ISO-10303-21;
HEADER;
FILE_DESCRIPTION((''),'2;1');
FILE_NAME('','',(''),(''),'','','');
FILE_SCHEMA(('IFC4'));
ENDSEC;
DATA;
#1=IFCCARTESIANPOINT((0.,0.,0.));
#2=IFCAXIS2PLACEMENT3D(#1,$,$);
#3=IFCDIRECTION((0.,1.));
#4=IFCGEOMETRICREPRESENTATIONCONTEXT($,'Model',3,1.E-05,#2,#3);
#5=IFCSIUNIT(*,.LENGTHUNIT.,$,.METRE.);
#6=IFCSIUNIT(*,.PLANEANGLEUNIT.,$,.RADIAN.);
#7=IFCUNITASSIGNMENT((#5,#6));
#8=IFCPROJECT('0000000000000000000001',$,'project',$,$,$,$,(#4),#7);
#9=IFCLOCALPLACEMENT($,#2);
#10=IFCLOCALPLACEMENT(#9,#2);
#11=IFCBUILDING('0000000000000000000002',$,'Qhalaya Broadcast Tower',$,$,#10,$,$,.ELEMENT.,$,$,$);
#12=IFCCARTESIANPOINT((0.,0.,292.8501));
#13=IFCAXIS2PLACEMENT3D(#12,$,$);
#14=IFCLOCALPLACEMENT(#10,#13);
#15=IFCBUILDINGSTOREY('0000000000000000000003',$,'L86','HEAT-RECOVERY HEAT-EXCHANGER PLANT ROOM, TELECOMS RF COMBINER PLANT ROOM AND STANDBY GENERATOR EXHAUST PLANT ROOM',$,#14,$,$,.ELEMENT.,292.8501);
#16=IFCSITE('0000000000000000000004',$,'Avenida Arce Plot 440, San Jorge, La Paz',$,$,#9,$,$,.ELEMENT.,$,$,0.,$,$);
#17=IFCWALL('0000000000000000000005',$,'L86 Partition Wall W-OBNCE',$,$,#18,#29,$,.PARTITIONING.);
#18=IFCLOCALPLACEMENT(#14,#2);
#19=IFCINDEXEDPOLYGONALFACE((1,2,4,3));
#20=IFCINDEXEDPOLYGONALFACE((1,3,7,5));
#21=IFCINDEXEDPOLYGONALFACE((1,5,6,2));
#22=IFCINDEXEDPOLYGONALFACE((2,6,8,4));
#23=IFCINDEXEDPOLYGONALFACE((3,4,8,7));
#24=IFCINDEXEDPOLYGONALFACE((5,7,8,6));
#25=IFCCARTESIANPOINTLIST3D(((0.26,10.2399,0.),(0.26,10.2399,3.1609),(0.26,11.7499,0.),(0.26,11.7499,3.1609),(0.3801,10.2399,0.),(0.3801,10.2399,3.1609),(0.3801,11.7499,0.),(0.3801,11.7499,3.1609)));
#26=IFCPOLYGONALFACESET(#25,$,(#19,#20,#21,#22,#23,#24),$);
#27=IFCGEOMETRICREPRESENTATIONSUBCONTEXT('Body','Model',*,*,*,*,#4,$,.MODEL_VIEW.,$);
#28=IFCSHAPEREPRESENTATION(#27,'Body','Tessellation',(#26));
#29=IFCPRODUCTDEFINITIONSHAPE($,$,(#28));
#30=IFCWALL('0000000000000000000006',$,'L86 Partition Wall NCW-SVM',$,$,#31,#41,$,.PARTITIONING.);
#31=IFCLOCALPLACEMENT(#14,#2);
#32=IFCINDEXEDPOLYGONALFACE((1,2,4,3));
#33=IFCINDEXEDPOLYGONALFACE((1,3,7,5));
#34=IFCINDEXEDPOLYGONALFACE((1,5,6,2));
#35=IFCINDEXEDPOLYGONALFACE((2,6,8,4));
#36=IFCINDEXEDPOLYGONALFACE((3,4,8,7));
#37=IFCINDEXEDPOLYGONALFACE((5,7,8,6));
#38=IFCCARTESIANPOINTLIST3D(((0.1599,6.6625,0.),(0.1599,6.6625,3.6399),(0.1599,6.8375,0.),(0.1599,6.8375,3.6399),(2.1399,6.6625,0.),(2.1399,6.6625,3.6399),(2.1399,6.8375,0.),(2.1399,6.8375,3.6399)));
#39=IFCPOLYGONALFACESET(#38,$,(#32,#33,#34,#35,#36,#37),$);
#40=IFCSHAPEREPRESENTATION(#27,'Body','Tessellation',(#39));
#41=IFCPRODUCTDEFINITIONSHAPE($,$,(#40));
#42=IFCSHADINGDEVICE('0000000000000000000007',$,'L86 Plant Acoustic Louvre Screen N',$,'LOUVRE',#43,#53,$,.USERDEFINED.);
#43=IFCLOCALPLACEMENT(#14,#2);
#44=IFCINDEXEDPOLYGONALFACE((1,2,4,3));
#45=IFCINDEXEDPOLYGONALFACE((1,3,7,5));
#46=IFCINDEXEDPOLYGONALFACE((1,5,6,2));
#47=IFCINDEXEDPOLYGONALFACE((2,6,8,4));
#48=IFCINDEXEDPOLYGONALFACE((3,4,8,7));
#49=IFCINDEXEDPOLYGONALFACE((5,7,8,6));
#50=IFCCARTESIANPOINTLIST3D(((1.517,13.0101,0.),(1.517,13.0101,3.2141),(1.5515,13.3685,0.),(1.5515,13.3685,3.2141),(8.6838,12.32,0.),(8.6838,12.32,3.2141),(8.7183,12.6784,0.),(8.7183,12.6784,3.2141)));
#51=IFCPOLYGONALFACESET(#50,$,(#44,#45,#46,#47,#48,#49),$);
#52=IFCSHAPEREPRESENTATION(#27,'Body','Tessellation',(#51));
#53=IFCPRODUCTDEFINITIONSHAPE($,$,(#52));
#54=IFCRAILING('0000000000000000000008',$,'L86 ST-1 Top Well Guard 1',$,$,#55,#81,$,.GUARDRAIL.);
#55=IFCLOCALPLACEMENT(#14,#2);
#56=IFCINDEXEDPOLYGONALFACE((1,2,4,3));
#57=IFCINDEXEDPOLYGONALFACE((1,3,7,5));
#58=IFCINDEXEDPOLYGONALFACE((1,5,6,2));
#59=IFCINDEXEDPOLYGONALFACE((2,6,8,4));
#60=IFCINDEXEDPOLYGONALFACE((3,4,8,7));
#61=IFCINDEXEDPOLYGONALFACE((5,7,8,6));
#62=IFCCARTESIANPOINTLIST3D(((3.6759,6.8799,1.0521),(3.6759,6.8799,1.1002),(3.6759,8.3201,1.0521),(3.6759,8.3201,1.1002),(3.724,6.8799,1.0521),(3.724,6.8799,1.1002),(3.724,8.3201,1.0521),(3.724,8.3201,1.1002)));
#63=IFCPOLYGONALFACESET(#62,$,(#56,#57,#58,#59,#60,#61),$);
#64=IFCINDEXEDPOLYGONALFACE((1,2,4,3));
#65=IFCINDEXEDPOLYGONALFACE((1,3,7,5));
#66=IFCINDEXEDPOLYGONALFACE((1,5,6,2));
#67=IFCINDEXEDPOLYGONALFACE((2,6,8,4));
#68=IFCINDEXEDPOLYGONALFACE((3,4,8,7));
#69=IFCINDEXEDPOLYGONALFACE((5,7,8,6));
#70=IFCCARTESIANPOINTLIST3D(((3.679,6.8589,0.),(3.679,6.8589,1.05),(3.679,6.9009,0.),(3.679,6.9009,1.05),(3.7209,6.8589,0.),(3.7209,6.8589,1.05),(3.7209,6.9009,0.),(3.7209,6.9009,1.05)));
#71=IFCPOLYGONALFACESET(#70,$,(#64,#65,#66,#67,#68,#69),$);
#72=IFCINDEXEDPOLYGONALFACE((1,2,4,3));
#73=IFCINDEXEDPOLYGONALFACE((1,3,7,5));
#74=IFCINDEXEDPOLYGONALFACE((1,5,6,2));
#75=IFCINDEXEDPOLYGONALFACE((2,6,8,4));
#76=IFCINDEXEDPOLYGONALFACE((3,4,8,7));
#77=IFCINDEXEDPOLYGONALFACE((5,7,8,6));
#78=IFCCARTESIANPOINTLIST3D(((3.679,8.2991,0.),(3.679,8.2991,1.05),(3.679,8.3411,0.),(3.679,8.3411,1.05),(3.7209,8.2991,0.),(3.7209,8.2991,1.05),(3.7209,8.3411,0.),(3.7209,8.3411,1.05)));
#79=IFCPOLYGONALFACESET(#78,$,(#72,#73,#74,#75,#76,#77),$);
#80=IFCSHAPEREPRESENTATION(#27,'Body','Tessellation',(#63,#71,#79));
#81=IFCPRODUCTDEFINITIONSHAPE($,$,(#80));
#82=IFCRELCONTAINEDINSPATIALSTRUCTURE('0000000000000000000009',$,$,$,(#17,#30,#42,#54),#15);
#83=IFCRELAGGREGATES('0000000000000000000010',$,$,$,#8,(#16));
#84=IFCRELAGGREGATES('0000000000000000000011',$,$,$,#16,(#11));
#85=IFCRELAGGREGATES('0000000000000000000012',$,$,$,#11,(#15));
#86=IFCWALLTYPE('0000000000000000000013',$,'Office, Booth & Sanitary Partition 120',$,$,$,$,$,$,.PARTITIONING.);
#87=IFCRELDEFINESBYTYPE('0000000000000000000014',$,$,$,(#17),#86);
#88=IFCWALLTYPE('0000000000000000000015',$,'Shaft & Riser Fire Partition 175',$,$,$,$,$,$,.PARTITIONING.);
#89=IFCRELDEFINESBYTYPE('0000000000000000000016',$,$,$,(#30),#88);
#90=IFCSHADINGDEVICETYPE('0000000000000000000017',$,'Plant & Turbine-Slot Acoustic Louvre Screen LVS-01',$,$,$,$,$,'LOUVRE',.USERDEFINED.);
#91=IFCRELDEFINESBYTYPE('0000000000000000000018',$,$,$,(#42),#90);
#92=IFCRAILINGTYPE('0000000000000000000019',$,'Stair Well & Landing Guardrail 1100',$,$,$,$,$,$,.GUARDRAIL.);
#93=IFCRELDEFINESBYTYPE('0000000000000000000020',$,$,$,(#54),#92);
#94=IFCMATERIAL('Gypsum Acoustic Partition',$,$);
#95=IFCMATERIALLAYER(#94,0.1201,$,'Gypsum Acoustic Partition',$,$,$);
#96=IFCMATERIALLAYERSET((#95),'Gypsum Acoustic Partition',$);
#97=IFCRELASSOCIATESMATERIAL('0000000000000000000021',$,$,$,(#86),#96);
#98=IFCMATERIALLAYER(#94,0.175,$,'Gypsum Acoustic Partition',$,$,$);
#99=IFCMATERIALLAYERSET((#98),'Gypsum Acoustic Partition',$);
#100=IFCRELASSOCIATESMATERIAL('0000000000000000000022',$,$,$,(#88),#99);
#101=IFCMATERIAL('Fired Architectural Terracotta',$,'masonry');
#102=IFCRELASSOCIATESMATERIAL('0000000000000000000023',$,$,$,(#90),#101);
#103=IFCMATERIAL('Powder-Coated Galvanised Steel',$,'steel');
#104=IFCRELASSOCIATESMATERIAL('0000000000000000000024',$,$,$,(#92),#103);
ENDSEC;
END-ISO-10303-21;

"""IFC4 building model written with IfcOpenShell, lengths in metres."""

from ifc_helpers import new_model, si_unit, direction, frame, frame_2d, origin, origin_2d, place, context, subcontext, project, spatial, rectangle, extrude, material, layer, layer_set, type_object, element, save


model = new_model("IFC4")

# Units and contexts
model_context = context("Model", 3, precision=1e-05, world=origin(), true_north=direction((0.0, 1.0)))
body_context = subcontext(model_context, "Body", "Model", "MODEL_VIEW")
ifc_project = project(units=[si_unit("LENGTHUNIT", "METRE"), si_unit("PLANEANGLEUNIT", "RADIAN")], contexts=[model_context])

# Site, building, storey
site_placement = place(None, origin())
site = spatial("IfcSite", under=ifc_project, at=site_placement, Name="Avenida Arce Plot 440, San Jorge, La Paz", CompositionType="ELEMENT", RefElevation=0.0)
building_placement = place(site_placement, origin())
building = spatial("IfcBuilding", under=site, at=building_placement, Name="Qhalaya Broadcast Tower", CompositionType="ELEMENT")
storey_placement = place(building_placement, frame((0.0, 0.0, 292.8501)))
storey = spatial("IfcBuildingStorey", under=building, at=storey_placement, Name="L86", Description="HEAT-RECOVERY HEAT-EXCHANGER PLANT ROOM, TELECOMS RF COMBINER PLANT ROOM AND STANDBY GENERATOR EXHAUST PLANT ROOM", CompositionType="ELEMENT", Elevation=292.8501)

# Shared definitions
ifc_material_1 = material(Name="Gypsum Acoustic Partition")

# Wall
ifc_layer_1 = layer(ifc_material_1, 0.1201, Name="Gypsum Acoustic Partition")
ifc_layer_set_1 = layer_set([ifc_layer_1], Name="Gypsum Acoustic Partition")
wall_type_1 = type_object("IfcWallType", Name="Office, Booth & Sanitary Partition 120", PredefinedType="PARTITIONING", material=ifc_layer_set_1)
wall_1_placement = place(storey_placement, frame((0.3201, 10.24, 0.0), z_axis=(0.0, 0.0, 1.0), x_axis=(0.0, 1.0, 0.0)))
element("IfcWall", 1, at=wall_1_placement, inside=storey, type_object=wall_type_1, Name="L86 Partition Wall W-OBNCE", PredefinedType="PARTITIONING", context=body_context, shape_type="SweptSolid", body=[
    extrude(rectangle(XDim=1.51, YDim=0.1201, at=frame_2d((0.7549, 0.0))), origin(), (0.0, 0.0, 1.0), 3.1609),
])

# Shared definitions
ifc_layer_2 = layer(ifc_material_1, 0.175, Name="Gypsum Acoustic Partition")
ifc_layer_set_2 = layer_set([ifc_layer_2], Name="Gypsum Acoustic Partition")
wall_type_2 = type_object("IfcWallType", Name="Shaft & Riser Fire Partition 175", PredefinedType="PARTITIONING", material=ifc_layer_set_2)

# Wall
wall_2_placement = place(storey_placement, frame((0.1599, 6.75, 0.0), z_axis=(0.0, 0.0, 1.0), x_axis=(1.0, 0.0, 0.0)))
element("IfcWall", 2, at=wall_2_placement, inside=storey, type_object=wall_type_2, Name="L86 Partition Wall NCW-SVM", PredefinedType="PARTITIONING", context=body_context, shape_type="SweptSolid", body=[
    extrude(rectangle(XDim=1.98, YDim=0.175, at=frame_2d((0.99, 0.0))), origin(), (0.0, 0.0, 1.0), 3.6399),
])

# Shading device
ifc_material_2 = material(Name="Fired Architectural Terracotta", Category="masonry")
shading_device_type = type_object("IfcShadingDeviceType", Name="Plant & Turbine-Slot Acoustic Louvre Screen LVS-01", ElementType="LOUVRE", PredefinedType="USERDEFINED", material=ifc_material_2)
shading_device_placement = place(storey_placement, frame((5.1177, 12.8442, 0.0), z_axis=(0.0, 0.0, 1.0), x_axis=(0.995396, -0.095846, 0.0)))
element("IfcShadingDevice", 3, at=shading_device_placement, inside=storey, type_object=shading_device_type, Name="L86 Plant Acoustic Louvre Screen N", ObjectType="LOUVRE", PredefinedType="USERDEFINED", context=body_context, shape_type="SweptSolid", body=[
    extrude(rectangle(XDim=7.2, YDim=0.3601, at=origin_2d()), origin(), (0.0, 0.0, 1.0), 3.2141),
])

# Railing
ifc_material_3 = material(Name="Powder-Coated Galvanised Steel", Category="steel")
railing_type = type_object("IfcRailingType", Name="Stair Well & Landing Guardrail 1100", PredefinedType="GUARDRAIL", material=ifc_material_3)
railing_placement = place(storey_placement, frame((3.7, 6.8799, 0.0)))
element("IfcRailing", 4, at=railing_placement, inside=storey, type_object=railing_type, Name="L86 ST-1 Top Well Guard 1", PredefinedType="GUARDRAIL", context=body_context, shape_type="SweptSolid", body=[
    extrude(rectangle(XDim=0.0481, YDim=0.0481, at=origin_2d()), frame((0.0, 0.0, 1.0762), z_axis=(0.0, 1.0, 0.0), x_axis=(-1.0, 0.0, 0.0)), (0.0, 0.0, 1.0), 1.4402),
    extrude(rectangle(XDim=0.042, YDim=0.042, at=origin_2d()), origin(), (0.0, 0.0, 1.0), 1.05),
    extrude(rectangle(XDim=0.042, YDim=0.042, at=origin_2d()), frame((0.0, 1.4402, 0.0)), (0.0, 0.0, 1.0), 1.05),
])

save(model, "model.ifc")
